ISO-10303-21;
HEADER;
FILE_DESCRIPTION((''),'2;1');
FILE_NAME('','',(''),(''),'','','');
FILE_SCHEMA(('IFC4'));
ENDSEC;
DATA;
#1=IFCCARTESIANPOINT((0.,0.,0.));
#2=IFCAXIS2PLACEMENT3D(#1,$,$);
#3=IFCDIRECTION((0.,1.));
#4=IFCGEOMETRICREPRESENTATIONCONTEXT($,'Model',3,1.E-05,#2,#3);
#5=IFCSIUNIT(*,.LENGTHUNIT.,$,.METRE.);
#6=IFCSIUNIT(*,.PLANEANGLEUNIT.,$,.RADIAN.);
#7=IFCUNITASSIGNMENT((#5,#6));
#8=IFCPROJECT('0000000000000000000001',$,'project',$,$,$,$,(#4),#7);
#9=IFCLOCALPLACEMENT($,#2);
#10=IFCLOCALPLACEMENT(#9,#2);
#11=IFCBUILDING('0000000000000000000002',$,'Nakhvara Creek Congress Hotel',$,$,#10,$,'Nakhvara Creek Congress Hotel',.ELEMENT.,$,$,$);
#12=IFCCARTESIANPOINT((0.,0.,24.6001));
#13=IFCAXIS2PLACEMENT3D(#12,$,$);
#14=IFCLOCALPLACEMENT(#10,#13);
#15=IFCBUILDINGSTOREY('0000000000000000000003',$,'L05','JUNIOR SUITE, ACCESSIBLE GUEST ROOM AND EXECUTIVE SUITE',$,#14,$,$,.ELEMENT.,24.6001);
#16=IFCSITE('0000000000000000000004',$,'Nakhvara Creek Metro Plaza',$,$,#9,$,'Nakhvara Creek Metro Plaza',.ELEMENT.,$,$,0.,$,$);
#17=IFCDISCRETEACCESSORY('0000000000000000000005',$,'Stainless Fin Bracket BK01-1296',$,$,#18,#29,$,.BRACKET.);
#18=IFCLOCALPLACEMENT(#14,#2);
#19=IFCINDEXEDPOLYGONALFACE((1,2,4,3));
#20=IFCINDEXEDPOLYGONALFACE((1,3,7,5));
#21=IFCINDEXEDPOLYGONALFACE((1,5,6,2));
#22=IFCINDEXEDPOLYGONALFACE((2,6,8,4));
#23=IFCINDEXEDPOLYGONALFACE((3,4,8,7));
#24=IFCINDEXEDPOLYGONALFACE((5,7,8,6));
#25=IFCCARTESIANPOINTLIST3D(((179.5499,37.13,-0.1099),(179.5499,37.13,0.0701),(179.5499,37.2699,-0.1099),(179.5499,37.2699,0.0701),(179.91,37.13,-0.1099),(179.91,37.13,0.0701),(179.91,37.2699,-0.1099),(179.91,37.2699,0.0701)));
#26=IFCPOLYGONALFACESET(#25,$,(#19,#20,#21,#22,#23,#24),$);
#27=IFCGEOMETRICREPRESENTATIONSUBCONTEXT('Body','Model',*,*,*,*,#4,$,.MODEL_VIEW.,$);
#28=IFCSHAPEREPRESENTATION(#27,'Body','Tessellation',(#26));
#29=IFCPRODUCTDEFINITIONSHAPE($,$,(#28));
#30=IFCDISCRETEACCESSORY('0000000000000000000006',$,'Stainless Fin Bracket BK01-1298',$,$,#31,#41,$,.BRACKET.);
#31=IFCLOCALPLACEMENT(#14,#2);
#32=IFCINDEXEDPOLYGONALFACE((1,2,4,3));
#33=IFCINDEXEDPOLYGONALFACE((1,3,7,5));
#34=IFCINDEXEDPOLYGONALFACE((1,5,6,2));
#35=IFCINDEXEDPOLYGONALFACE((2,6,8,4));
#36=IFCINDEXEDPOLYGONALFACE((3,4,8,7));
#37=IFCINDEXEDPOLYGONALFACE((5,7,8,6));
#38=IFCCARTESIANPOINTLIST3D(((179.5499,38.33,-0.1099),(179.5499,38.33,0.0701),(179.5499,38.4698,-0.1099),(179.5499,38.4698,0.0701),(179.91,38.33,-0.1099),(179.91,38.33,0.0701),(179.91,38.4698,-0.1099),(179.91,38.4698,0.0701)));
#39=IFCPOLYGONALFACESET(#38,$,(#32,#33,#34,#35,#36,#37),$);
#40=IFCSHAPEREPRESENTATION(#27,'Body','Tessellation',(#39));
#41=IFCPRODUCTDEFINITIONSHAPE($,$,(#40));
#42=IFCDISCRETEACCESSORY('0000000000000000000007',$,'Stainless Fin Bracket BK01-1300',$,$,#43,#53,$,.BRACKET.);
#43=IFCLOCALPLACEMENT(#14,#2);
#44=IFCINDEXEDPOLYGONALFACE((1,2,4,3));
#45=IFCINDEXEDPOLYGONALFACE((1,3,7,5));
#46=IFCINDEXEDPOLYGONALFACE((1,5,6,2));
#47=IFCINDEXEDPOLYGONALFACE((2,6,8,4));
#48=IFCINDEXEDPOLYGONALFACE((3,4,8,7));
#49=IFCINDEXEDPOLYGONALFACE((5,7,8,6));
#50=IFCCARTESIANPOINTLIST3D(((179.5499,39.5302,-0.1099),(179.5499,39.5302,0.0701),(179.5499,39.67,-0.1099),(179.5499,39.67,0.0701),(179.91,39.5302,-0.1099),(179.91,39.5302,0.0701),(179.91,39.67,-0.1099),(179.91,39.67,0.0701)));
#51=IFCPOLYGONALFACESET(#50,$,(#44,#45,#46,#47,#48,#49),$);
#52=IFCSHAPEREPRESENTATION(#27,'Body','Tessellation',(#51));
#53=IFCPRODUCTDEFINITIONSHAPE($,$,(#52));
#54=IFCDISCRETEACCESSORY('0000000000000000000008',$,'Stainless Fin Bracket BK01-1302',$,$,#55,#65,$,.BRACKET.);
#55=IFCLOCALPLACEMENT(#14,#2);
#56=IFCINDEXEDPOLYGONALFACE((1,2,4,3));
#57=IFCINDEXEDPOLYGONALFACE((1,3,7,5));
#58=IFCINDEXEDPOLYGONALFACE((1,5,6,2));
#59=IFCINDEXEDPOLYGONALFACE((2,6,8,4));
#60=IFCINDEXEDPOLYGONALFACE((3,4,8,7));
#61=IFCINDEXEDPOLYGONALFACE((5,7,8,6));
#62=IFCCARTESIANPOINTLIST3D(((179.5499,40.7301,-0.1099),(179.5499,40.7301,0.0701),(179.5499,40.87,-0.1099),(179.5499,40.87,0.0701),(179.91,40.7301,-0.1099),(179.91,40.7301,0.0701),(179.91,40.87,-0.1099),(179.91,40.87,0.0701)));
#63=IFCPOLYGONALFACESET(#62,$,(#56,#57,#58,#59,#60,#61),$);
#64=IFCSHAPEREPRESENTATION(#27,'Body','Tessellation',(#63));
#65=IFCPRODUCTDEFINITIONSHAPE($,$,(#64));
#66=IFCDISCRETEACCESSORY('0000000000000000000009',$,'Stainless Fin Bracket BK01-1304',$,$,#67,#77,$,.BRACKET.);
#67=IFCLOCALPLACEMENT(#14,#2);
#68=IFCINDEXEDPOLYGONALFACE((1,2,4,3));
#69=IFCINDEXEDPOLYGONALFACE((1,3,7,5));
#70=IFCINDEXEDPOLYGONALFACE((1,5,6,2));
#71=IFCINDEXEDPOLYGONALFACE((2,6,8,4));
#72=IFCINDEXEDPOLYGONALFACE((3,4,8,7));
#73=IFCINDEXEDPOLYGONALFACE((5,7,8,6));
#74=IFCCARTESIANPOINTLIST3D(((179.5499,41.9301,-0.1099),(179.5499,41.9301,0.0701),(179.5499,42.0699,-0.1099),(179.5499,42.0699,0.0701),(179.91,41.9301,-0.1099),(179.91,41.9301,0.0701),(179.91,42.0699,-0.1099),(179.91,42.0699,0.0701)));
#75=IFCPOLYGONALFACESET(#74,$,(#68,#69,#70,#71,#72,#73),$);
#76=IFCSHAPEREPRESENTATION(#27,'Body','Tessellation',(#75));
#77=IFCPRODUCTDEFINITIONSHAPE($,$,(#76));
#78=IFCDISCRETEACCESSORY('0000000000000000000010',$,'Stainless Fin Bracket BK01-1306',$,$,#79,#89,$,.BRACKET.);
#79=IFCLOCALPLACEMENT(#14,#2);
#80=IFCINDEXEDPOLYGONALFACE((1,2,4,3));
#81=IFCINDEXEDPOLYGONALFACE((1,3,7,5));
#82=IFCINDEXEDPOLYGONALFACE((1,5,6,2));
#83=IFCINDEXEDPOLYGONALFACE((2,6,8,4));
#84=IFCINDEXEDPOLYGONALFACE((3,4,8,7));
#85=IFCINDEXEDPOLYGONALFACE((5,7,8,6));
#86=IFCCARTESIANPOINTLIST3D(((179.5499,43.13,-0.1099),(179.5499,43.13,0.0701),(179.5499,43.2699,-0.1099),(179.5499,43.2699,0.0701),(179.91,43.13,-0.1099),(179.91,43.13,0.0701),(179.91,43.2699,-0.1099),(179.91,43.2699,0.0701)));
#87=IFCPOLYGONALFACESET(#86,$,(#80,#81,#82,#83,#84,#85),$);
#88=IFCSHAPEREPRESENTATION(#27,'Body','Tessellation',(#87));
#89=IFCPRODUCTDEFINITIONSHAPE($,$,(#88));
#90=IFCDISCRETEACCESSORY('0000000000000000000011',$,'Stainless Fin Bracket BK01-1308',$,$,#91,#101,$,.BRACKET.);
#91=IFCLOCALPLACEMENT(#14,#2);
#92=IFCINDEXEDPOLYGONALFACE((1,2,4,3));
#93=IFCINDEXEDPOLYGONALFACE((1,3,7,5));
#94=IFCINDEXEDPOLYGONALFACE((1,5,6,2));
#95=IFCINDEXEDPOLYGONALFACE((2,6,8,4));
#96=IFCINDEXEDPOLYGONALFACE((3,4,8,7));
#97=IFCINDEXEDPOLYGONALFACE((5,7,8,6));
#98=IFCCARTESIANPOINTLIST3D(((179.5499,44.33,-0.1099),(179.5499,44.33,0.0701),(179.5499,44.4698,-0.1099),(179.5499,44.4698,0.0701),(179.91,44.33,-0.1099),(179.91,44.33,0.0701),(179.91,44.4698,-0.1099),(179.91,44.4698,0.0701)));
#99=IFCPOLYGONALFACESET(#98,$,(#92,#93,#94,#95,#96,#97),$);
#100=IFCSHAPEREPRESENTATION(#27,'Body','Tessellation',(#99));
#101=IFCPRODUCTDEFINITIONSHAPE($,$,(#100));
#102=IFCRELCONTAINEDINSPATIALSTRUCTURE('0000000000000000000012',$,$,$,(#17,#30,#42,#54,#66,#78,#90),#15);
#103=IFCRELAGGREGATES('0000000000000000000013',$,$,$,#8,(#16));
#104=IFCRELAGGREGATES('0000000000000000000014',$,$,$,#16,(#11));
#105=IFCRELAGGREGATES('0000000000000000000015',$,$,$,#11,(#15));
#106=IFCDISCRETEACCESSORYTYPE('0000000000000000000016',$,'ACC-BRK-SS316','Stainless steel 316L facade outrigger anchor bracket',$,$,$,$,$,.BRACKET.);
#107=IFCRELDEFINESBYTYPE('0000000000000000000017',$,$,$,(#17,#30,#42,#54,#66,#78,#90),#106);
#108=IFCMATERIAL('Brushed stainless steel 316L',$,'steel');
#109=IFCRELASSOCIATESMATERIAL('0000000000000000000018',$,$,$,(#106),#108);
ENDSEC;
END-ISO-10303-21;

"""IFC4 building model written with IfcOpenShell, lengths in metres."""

from ifc_helpers import new_model, si_unit, direction, frame, origin, origin_2d, place, context, subcontext, project, spatial, rectangle, extrude, material, type_object, element, save


model = new_model("IFC4")

# Units and contexts
model_context = context("Model", 3, precision=1e-05, world=origin(), true_north=direction((0.0, 1.0)))
body_context = subcontext(model_context, "Body", "Model", "MODEL_VIEW")
ifc_project = project(units=[si_unit("LENGTHUNIT", "METRE"), si_unit("PLANEANGLEUNIT", "RADIAN")], contexts=[model_context])

# Site, building, storey
site_placement = place(None, origin())
site = spatial("IfcSite", under=ifc_project, at=site_placement, Name="Nakhvara Creek Metro Plaza", LongName="Nakhvara Creek Metro Plaza", CompositionType="ELEMENT", RefElevation=0.0)
building_placement = place(site_placement, origin())
building = spatial("IfcBuilding", under=site, at=building_placement, Name="Nakhvara Creek Congress Hotel", LongName="Nakhvara Creek Congress Hotel", CompositionType="ELEMENT")
storey_placement = place(building_placement, frame((0.0, 0.0, 24.6001)))
storey = spatial("IfcBuildingStorey", under=building, at=storey_placement, Name="L05", Description="JUNIOR SUITE, ACCESSIBLE GUEST ROOM AND EXECUTIVE SUITE", CompositionType="ELEMENT", Elevation=24.6001)

# Discrete accessories
ifc_material_1 = material(Name="Brushed stainless steel 316L", Category="steel")
discrete_accessory_type = type_object("IfcDiscreteAccessoryType", Name="ACC-BRK-SS316", Description="Stainless steel 316L facade outrigger anchor bracket", PredefinedType="BRACKET", material=ifc_material_1)
for number, where, z_axis, x_axis, name in (
    (1, (179.73, 37.2, -0.1099), (0.0, 0.0, 1.0), (0.0, 1.0, 0.0), "Stainless Fin Bracket BK01-1296"),
    (2, (179.73, 38.3999, -0.1099), (0.0, 0.0, 1.0), (0.0, 1.0, 0.0), "Stainless Fin Bracket BK01-1298"),
    (3, (179.73, 39.6001, -0.1099), (0.0, 0.0, 1.0), (0.0, 1.0, 0.0), "Stainless Fin Bracket BK01-1300"),
    (4, (179.73, 40.8, -0.1099), (0.0, 0.0, 1.0), (0.0, 1.0, 0.0), "Stainless Fin Bracket BK01-1302"),
    (5, (179.73, 42.0, -0.1099), (0.0, 0.0, 1.0), (0.0, 1.0, 0.0), "Stainless Fin Bracket BK01-1304"),
    (6, (179.73, 43.2, -0.1099), (0.0, 0.0, 1.0), (0.0, 1.0, 0.0), "Stainless Fin Bracket BK01-1306"),
    (7, (179.73, 44.3999, -0.1099), (0.0, 0.0, 1.0), (0.0, 1.0, 0.0), "Stainless Fin Bracket BK01-1308"),
):
    element("IfcDiscreteAccessory", number, at=place(storey_placement, frame(where, z_axis=z_axis, x_axis=x_axis)), inside=storey, type_object=discrete_accessory_type, Name=name, PredefinedType="BRACKET", context=body_context, shape_type="SweptSolid", body=[
        extrude(rectangle(XDim=0.1399, YDim=0.3601, at=origin_2d()), origin(), (0.0, 0.0, 1.0), 0.1799),
    ])

save(model, "model.ifc")
